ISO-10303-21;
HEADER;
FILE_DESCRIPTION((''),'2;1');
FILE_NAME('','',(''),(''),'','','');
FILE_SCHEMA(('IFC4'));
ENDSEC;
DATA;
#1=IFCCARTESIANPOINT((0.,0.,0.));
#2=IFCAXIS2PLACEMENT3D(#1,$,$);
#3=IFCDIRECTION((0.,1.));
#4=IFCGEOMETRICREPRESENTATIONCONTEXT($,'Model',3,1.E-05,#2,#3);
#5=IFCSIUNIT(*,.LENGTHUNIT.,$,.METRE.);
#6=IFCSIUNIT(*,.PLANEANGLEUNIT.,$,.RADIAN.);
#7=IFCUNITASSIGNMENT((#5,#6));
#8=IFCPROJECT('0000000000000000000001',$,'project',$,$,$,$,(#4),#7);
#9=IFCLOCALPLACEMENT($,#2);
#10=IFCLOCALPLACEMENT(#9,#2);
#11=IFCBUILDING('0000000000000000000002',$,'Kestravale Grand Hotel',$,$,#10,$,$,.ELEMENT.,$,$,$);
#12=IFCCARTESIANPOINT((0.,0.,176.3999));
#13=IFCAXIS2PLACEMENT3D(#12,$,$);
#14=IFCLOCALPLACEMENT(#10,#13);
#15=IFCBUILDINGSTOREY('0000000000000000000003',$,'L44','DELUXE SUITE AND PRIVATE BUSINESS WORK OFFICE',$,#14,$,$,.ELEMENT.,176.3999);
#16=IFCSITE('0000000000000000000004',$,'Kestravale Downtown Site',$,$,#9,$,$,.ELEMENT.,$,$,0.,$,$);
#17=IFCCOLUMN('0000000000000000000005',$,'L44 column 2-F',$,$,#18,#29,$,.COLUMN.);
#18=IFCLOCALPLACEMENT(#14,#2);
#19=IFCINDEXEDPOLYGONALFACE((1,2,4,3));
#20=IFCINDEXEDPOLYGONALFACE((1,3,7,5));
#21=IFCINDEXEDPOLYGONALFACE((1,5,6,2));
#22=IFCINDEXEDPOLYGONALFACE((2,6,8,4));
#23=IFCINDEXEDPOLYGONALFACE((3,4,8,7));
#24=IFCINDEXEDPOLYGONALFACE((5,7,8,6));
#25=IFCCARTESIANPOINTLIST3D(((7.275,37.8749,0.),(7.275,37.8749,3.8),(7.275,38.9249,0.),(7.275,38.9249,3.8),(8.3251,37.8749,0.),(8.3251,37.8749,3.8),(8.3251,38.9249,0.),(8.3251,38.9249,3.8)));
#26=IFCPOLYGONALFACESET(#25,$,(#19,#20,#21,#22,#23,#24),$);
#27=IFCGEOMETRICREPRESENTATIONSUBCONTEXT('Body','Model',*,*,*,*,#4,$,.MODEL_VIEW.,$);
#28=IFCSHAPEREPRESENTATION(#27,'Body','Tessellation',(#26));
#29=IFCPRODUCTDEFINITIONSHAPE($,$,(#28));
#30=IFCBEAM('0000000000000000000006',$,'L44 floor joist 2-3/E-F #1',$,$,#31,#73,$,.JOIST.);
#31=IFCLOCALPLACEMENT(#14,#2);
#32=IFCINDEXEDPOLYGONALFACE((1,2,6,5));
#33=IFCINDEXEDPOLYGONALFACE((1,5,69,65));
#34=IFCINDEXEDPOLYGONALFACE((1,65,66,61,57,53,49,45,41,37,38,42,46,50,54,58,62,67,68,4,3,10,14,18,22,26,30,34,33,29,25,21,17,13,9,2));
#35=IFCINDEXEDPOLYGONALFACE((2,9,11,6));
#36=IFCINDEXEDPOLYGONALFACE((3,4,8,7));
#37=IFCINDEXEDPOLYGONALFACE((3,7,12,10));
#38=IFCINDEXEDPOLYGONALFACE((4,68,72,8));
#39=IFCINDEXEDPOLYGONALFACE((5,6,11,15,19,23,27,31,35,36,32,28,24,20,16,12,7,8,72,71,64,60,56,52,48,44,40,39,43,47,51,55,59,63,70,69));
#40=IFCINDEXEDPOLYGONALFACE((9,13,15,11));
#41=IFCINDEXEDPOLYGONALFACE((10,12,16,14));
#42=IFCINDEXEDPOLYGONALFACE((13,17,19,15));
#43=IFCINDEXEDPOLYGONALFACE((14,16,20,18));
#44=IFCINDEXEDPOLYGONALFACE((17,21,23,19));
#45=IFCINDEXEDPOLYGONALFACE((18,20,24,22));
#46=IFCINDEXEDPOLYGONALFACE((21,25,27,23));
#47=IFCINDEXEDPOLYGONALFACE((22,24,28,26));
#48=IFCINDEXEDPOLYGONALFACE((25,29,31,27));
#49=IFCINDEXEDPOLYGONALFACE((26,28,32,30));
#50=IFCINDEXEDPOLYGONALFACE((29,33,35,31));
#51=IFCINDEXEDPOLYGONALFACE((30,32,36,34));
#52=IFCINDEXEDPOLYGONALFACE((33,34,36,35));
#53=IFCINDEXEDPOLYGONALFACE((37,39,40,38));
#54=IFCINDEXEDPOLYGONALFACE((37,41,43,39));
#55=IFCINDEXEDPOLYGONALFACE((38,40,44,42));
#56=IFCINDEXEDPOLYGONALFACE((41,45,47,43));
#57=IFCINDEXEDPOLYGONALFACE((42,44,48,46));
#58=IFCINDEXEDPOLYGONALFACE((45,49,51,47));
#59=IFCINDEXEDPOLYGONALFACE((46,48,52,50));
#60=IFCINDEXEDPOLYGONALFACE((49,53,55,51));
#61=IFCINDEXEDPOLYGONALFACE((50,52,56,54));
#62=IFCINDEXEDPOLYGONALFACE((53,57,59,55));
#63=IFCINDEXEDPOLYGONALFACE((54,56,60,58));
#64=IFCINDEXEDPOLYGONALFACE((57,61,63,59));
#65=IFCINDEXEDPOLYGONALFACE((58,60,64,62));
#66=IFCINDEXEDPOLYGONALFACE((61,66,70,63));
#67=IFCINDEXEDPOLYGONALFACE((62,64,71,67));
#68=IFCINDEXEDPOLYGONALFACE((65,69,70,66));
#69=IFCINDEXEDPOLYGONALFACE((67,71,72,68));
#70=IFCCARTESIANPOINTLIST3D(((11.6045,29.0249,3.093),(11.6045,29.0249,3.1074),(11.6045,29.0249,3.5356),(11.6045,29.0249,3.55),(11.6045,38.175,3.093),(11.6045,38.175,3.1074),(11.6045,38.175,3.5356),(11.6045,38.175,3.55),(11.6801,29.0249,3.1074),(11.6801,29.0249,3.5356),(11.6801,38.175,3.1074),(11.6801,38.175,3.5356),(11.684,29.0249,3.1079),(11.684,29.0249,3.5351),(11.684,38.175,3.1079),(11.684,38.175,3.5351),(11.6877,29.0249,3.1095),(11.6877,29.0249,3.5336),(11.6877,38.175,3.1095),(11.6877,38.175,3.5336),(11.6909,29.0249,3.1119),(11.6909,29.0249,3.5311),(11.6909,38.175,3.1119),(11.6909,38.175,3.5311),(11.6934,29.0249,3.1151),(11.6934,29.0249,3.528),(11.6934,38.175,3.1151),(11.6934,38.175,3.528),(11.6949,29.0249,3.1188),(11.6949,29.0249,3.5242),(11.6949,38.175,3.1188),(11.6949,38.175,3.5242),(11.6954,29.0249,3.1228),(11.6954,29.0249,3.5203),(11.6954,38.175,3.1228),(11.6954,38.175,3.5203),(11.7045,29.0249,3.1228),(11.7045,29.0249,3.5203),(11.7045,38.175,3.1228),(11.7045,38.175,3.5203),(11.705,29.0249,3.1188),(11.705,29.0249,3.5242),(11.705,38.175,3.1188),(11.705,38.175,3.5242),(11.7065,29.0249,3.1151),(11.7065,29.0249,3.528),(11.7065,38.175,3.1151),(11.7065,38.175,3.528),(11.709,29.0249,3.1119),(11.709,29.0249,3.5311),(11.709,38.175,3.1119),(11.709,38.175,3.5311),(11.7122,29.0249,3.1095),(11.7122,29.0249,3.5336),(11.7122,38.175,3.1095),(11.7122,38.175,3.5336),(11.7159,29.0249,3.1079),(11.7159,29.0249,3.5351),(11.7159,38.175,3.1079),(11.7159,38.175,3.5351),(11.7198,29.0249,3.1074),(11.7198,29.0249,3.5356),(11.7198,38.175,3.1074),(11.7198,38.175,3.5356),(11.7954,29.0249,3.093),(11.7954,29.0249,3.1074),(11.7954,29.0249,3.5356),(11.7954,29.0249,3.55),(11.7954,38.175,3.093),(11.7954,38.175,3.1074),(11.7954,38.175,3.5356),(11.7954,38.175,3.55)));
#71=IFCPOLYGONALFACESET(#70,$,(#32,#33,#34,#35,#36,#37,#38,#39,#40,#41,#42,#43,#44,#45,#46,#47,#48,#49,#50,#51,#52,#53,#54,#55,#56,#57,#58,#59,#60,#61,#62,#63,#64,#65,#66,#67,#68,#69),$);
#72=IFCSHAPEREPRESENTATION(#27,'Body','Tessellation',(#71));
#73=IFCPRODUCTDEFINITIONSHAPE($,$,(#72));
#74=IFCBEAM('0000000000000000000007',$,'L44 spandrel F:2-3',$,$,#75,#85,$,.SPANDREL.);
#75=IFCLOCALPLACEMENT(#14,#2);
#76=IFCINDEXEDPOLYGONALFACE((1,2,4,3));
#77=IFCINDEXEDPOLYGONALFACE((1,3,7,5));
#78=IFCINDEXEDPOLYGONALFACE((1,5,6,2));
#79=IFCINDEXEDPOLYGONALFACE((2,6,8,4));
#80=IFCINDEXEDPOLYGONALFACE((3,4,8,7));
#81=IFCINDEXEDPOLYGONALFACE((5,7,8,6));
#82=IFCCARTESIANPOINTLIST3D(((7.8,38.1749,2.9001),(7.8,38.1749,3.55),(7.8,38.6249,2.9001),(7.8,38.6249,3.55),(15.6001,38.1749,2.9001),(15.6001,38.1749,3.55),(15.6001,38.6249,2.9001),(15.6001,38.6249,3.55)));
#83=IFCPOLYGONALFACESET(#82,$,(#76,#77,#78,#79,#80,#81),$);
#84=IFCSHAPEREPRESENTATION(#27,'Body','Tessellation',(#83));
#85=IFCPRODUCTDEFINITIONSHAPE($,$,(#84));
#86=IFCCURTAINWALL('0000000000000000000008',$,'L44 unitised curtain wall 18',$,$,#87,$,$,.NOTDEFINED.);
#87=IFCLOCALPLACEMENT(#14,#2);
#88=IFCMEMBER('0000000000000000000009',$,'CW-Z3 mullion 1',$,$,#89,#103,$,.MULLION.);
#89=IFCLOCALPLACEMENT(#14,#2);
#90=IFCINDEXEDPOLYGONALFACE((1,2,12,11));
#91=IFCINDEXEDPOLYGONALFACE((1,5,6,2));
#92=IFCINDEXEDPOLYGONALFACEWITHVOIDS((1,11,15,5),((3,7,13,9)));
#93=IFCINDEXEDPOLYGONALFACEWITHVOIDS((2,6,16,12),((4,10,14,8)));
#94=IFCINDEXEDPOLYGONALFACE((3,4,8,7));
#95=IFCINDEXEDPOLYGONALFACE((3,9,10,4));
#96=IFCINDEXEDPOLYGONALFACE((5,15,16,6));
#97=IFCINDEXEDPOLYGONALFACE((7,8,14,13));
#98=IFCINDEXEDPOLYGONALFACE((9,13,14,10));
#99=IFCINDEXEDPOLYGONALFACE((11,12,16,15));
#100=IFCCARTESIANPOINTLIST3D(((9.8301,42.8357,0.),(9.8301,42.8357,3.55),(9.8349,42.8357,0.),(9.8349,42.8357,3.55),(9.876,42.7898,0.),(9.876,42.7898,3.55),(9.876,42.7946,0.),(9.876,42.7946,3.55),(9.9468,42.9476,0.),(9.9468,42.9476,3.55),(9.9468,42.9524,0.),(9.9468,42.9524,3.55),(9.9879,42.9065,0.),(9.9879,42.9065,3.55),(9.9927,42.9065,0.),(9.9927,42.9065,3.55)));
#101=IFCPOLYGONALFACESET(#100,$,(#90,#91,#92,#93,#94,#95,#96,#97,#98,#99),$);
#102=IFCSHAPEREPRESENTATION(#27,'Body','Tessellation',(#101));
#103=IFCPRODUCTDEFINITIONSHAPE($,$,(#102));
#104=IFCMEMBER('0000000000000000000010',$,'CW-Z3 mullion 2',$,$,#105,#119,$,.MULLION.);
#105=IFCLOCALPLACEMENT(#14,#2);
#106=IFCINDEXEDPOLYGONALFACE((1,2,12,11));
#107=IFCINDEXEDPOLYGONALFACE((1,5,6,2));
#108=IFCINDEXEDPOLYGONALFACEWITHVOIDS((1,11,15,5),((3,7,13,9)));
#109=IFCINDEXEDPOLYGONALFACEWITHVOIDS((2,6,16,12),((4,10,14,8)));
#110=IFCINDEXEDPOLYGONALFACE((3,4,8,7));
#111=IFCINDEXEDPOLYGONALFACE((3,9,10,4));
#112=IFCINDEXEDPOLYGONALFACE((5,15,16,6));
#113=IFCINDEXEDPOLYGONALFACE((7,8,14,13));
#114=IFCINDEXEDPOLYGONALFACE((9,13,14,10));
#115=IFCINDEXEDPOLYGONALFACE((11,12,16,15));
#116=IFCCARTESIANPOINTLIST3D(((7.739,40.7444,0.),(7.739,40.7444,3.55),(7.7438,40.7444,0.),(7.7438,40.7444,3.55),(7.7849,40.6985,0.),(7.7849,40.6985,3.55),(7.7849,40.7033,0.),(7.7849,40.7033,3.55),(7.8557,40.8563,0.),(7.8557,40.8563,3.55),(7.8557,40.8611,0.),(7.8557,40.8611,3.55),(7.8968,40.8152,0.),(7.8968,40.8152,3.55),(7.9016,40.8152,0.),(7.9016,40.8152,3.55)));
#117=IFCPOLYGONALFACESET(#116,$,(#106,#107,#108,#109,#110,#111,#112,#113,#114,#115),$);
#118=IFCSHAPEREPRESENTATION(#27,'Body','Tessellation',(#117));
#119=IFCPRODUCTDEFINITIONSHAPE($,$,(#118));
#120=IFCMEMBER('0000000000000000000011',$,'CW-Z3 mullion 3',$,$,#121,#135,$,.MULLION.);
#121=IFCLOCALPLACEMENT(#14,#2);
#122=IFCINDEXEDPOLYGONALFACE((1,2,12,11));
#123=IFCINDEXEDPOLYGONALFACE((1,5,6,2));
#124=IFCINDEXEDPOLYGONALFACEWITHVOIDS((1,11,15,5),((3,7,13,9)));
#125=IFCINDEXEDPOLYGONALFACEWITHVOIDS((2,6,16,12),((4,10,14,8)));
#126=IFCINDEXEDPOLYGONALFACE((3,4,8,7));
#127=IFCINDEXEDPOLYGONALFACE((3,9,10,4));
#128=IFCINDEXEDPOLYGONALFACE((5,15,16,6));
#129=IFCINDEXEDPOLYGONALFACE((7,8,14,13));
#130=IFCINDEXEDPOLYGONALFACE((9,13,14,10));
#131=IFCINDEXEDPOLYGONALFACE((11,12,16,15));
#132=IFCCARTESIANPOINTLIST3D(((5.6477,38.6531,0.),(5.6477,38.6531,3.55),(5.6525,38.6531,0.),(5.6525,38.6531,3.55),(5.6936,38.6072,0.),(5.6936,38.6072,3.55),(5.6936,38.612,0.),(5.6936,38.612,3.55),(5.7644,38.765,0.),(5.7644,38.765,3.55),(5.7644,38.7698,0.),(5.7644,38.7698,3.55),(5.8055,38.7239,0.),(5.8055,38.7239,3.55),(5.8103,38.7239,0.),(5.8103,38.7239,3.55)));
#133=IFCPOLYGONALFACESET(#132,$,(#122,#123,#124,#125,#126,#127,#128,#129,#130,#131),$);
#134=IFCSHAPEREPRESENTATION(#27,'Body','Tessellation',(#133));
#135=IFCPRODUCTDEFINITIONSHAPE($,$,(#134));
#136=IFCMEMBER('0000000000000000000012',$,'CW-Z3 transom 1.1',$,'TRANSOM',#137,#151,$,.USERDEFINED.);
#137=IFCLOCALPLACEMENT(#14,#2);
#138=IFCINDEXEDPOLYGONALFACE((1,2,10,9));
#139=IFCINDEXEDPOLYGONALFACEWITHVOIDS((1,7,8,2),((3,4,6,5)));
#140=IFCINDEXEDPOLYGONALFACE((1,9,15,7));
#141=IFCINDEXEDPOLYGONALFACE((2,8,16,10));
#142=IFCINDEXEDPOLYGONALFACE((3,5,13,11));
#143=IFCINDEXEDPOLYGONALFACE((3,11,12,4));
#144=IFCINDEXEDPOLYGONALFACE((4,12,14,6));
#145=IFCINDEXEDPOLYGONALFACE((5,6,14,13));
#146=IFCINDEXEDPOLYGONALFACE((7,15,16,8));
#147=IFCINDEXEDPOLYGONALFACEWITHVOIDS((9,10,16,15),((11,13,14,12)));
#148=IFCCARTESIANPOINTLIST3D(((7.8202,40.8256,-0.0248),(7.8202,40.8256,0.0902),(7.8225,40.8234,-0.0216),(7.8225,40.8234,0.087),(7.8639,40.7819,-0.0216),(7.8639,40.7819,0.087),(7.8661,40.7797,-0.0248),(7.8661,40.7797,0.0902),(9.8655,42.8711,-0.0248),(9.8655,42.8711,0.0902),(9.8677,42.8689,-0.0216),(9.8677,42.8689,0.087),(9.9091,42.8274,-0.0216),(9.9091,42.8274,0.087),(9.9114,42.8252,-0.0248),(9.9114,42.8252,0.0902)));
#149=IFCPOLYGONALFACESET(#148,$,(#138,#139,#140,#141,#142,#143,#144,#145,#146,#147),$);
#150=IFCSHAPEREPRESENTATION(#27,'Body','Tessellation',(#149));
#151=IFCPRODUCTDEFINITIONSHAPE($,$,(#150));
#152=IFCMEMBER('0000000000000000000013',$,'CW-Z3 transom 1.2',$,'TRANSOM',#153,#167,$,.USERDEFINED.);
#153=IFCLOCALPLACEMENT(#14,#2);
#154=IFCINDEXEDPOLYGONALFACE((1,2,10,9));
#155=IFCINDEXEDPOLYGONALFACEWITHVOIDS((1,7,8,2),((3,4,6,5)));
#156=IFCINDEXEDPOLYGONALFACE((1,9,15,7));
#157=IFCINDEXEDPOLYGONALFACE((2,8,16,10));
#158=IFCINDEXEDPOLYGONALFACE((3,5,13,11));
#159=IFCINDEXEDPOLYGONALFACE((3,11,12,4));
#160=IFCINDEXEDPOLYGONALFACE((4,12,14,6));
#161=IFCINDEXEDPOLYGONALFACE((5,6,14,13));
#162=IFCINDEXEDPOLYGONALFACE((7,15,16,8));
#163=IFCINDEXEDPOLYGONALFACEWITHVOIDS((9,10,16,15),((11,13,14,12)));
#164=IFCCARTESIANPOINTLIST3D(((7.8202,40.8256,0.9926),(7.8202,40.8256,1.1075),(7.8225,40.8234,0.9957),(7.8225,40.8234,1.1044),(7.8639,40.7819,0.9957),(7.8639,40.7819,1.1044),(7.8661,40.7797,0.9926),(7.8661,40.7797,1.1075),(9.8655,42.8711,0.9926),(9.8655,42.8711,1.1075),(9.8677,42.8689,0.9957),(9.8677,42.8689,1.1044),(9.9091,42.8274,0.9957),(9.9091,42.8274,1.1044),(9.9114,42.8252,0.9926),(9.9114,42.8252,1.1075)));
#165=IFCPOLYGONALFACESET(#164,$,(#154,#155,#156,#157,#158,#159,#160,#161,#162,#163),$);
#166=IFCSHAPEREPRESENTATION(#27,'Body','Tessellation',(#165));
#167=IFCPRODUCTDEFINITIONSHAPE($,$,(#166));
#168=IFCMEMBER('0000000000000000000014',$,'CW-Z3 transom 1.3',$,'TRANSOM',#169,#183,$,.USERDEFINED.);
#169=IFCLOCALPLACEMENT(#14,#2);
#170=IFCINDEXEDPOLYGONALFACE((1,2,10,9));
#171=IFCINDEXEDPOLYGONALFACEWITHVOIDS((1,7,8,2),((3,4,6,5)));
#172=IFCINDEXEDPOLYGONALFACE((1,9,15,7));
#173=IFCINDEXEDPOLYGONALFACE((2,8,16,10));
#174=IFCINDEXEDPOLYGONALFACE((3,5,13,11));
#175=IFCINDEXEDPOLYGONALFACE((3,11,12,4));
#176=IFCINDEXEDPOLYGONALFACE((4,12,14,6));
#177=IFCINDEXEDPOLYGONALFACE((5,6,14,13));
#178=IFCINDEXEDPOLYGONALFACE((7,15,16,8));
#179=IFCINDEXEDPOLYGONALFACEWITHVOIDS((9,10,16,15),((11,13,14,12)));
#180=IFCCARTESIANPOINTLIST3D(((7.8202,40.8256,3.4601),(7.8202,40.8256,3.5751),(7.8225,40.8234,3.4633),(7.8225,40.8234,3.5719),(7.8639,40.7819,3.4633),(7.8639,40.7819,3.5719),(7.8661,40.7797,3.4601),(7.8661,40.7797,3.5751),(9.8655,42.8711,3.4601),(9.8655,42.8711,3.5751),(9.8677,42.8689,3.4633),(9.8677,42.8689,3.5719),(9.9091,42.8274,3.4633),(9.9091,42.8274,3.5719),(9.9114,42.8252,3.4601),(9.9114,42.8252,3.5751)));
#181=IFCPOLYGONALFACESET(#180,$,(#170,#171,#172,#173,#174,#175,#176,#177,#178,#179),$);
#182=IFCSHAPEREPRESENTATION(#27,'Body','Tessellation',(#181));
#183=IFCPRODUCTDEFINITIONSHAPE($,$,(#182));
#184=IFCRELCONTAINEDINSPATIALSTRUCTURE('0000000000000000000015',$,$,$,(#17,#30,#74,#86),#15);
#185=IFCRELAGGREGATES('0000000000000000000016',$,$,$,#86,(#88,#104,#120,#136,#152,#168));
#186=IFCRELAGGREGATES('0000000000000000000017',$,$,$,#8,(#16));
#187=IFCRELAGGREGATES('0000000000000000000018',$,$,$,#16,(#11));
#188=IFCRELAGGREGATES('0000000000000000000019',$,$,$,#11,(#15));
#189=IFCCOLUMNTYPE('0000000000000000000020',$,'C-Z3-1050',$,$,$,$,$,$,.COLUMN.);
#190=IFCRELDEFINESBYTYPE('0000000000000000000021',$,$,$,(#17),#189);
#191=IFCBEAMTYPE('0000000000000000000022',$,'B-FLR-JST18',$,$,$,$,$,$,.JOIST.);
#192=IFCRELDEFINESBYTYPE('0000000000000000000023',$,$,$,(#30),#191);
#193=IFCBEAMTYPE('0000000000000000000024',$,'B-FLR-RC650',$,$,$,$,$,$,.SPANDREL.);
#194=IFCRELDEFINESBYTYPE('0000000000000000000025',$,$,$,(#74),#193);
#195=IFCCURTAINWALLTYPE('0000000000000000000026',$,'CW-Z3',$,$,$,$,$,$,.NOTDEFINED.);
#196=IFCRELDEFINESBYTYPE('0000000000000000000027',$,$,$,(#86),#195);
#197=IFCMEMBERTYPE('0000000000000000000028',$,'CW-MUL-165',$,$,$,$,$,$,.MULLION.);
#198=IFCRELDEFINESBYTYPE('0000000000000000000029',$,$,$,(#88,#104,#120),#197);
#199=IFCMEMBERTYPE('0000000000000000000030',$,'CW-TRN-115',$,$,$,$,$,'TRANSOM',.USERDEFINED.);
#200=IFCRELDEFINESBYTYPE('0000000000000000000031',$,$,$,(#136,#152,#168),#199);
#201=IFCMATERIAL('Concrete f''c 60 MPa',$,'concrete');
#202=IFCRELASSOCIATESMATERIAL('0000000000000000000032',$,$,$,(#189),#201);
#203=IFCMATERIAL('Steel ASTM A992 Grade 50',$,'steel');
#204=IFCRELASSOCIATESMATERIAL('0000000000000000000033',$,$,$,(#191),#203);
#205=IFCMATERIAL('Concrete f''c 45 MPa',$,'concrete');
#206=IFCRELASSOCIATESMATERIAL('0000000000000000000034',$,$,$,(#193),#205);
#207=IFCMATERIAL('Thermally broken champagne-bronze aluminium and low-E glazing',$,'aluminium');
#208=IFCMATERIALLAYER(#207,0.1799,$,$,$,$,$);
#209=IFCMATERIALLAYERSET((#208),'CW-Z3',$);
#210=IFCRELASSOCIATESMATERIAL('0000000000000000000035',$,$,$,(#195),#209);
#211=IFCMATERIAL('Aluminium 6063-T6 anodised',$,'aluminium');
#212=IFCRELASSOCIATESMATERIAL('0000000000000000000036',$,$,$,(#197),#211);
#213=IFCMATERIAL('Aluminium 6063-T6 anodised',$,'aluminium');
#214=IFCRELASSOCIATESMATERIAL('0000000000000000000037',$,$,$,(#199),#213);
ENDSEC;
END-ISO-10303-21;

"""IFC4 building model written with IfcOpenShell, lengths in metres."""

from ifc_helpers import new_model, si_unit, direction, frame, origin, origin_2d, place, context, subcontext, project, spatial, rectangle, hollow_rectangle, i_section, extrude, material, layer, layer_set, material_profile, profile_set, type_object, element, aggregate, save


model = new_model("IFC4")

# Units and contexts
model_context = context("Model", 3, precision=1e-05, world=origin(), true_north=direction((0.0, 1.0)))
body_context = subcontext(model_context, "Body", "Model", "MODEL_VIEW")
ifc_project = project(units=[si_unit("LENGTHUNIT", "METRE"), si_unit("PLANEANGLEUNIT", "RADIAN")], contexts=[model_context])

# Site, building, storey
site_placement = place(None, origin())
site = spatial("IfcSite", under=ifc_project, at=site_placement, Name="Kestravale Downtown Site", CompositionType="ELEMENT", RefElevation=0.0)
building_placement = place(site_placement, origin())
building = spatial("IfcBuilding", under=site, at=building_placement, Name="Kestravale Grand Hotel", CompositionType="ELEMENT")
storey_placement = place(building_placement, frame((0.0, 0.0, 176.3999)))
storey = spatial("IfcBuildingStorey", under=building, at=storey_placement, Name="L44", Description="DELUXE SUITE AND PRIVATE BUSINESS WORK OFFICE", CompositionType="ELEMENT", Elevation=176.3999)

# Column
ifc_material_1 = material(Name="Concrete f'c 60 MPa", Category="concrete")
ifc_material_profile_1 = material_profile(ifc_material_1, rectangle(XDim=1.05, YDim=1.05, at=origin_2d()))
ifc_profile_set_1 = profile_set([ifc_material_profile_1], Name="Concrete f'c 60 MPa")
column_type = type_object("IfcColumnType", Name="C-Z3-1050", PredefinedType="COLUMN", material=ifc_profile_set_1)
column_placement = place(storey_placement, frame((7.8, 38.3999, 0.0), z_axis=(0.0, 0.0, 1.0), x_axis=(1.0, 0.0, 0.0)))
element("IfcColumn", 1, at=column_placement, inside=storey, type_object=column_type, Name="L44 column 2-F", PredefinedType="COLUMN", context=body_context, shape_type="SweptSolid", body=[
    extrude(rectangle(XDim=1.05, YDim=1.05, at=origin_2d()), origin(), (0.0, 0.0, 1.0), 3.8),
])

# Beams
ifc_material_2 = material(Name="Steel ASTM A992 Grade 50", Category="steel")
ifc_material_profile_2 = material_profile(ifc_material_2, i_section(OverallWidth=0.1909, OverallDepth=0.457, WebThickness=0.009, FlangeThickness=0.0144, FilletRadius=0.0154, at=origin_2d()))
ifc_profile_set_2 = profile_set([ifc_material_profile_2], Name="Steel ASTM A992 Grade 50")
beam_type_1 = type_object("IfcBeamType", Name="B-FLR-JST18", PredefinedType="JOIST", material=ifc_profile_set_2)
beam_1_placement = place(storey_placement, frame((11.7, 29.0249, 3.3215), z_axis=(0.0, 1.0, 0.0), x_axis=(-1.0, 0.0, 0.0)))
element("IfcBeam", 2, at=beam_1_placement, inside=storey, type_object=beam_type_1, Name="L44 floor joist 2-3/E-F #1", PredefinedType="JOIST", context=body_context, shape_type="SweptSolid", body=[
    extrude(i_section(OverallWidth=0.1909, OverallDepth=0.457, WebThickness=0.009, FlangeThickness=0.0144, FilletRadius=0.0154, at=origin_2d()), origin(), (0.0, 0.0, 1.0), 9.1501),
])
ifc_material_3 = material(Name="Concrete f'c 45 MPa", Category="concrete")
ifc_material_profile_3 = material_profile(ifc_material_3, rectangle(XDim=0.45, YDim=0.6499, at=origin_2d()))
ifc_profile_set_3 = profile_set([ifc_material_profile_3], Name="Concrete f'c 45 MPa")
beam_type_2 = type_object("IfcBeamType", Name="B-FLR-RC650", PredefinedType="SPANDREL", material=ifc_profile_set_3)
beam_2_placement = place(storey_placement, frame((7.8, 38.3999, 3.2251), z_axis=(1.0, 0.0, 0.0), x_axis=(0.0, 1.0, 0.0)))
element("IfcBeam", 3, at=beam_2_placement, inside=storey, type_object=beam_type_2, Name="L44 spandrel F:2-3", PredefinedType="SPANDREL", context=body_context, shape_type="SweptSolid", body=[
    extrude(rectangle(XDim=0.45, YDim=0.6499, at=origin_2d()), origin(), (0.0, 0.0, 1.0), 7.8),
])

# Curtain wall, members
ifc_material_4 = material(Name="Thermally broken champagne-bronze aluminium and low-E glazing", Category="aluminium")
ifc_layer_1 = layer(ifc_material_4, 0.1799)
ifc_layer_set_1 = layer_set([ifc_layer_1], Name="CW-Z3")
curtain_wall_type = type_object("IfcCurtainWallType", Name="CW-Z3", PredefinedType="NOTDEFINED", material=ifc_layer_set_1)
curtain_wall_placement = place(storey_placement, origin())
curtain_wall = element("IfcCurtainWall", 4, at=curtain_wall_placement, inside=storey, type_object=curtain_wall_type, Name="L44 unitised curtain wall 18", PredefinedType="NOTDEFINED")
ifc_material_5 = material(Name="Aluminium 6063-T6 anodised", Category="aluminium")
ifc_material_profile_4 = material_profile(ifc_material_5, hollow_rectangle(XDim=0.0649, YDim=0.165, WallThickness=0.0034, at=origin_2d()))
ifc_profile_set_4 = profile_set([ifc_material_profile_4], Name="Aluminium 6063-T6 anodised")
member_type_1 = type_object("IfcMemberType", Name="CW-MUL-165", PredefinedType="MULLION", material=ifc_profile_set_4)
member_1_placement = place(storey_placement, frame((9.9114, 42.8711, 0.0), z_axis=(0.0, 0.0, 1.0), x_axis=(0.707107, -0.707107, 0.0)))
member_1 = element("IfcMember", 5, at=member_1_placement, type_object=member_type_1, Name="CW-Z3 mullion 1", PredefinedType="MULLION", context=body_context, shape_type="SweptSolid", body=[
    extrude(hollow_rectangle(XDim=0.0649, YDim=0.165, WallThickness=0.0034, at=origin_2d()), origin(), (0.0, 0.0, 1.0), 3.55),
])
member_2_placement = place(storey_placement, frame((7.8203, 40.7798, 0.0), z_axis=(0.0, 0.0, 1.0), x_axis=(0.707107, -0.707107, 0.0)))
member_2 = element("IfcMember", 6, at=member_2_placement, type_object=member_type_1, Name="CW-Z3 mullion 2", PredefinedType="MULLION", context=body_context, shape_type="SweptSolid", body=[
    extrude(hollow_rectangle(XDim=0.0649, YDim=0.165, WallThickness=0.0034, at=origin_2d()), origin(), (0.0, 0.0, 1.0), 3.55),
])
member_3_placement = place(storey_placement, frame((5.729, 38.6885, 0.0), z_axis=(0.0, 0.0, 1.0), x_axis=(0.707107, -0.707107, 0.0)))
member_3 = element("IfcMember", 7, at=member_3_placement, type_object=member_type_1, Name="CW-Z3 mullion 3", PredefinedType="MULLION", context=body_context, shape_type="SweptSolid", body=[
    extrude(hollow_rectangle(XDim=0.0649, YDim=0.165, WallThickness=0.0034, at=origin_2d()), origin(), (0.0, 0.0, 1.0), 3.55),
])
ifc_material_6 = material(Name="Aluminium 6063-T6 anodised", Category="aluminium")
ifc_material_profile_5 = material_profile(ifc_material_6, hollow_rectangle(XDim=0.0649, YDim=0.115, WallThickness=0.0032, at=origin_2d()))
ifc_profile_set_5 = profile_set([ifc_material_profile_5], Name="Aluminium 6063-T6 anodised")
member_type_2 = type_object("IfcMemberType", Name="CW-TRN-115", ElementType="TRANSOM", PredefinedType="USERDEFINED", material=ifc_profile_set_5)
member_4_placement = place(storey_placement, frame((9.8884, 42.8481, 0.0327), z_axis=(-0.707065, -0.707149, 0.0), x_axis=(0.707149, -0.707065, 0.0)))
member_4 = element("IfcMember", 8, at=member_4_placement, type_object=member_type_2, Name="CW-Z3 transom 1.1", ObjectType="TRANSOM", PredefinedType="USERDEFINED", context=body_context, shape_type="SweptSolid", body=[
    extrude(hollow_rectangle(XDim=0.0649, YDim=0.115, WallThickness=0.0032, at=origin_2d()), origin(), (0.0, 0.0, 1.0), 2.8926),
])
member_5_placement = place(storey_placement, frame((9.8884, 42.8481, 1.05), z_axis=(-0.707065, -0.707149, 0.0), x_axis=(0.707149, -0.707065, 0.0)))
member_5 = element("IfcMember", 9, at=member_5_placement, type_object=member_type_2, Name="CW-Z3 transom 1.2", ObjectType="TRANSOM", PredefinedType="USERDEFINED", context=body_context, shape_type="SweptSolid", body=[
    extrude(hollow_rectangle(XDim=0.0649, YDim=0.115, WallThickness=0.0032, at=origin_2d()), origin(), (0.0, 0.0, 1.0), 2.8926),
])
member_6_placement = place(storey_placement, frame((9.8884, 42.8481, 3.5176), z_axis=(-0.707065, -0.707149, 0.0), x_axis=(0.707149, -0.707065, 0.0)))
member_6 = element("IfcMember", 10, at=member_6_placement, type_object=member_type_2, Name="CW-Z3 transom 1.3", ObjectType="TRANSOM", PredefinedType="USERDEFINED", context=body_context, shape_type="SweptSolid", body=[
    extrude(hollow_rectangle(XDim=0.0649, YDim=0.115, WallThickness=0.0032, at=origin_2d()), origin(), (0.0, 0.0, 1.0), 2.8926),
])
aggregate(curtain_wall, [member_1, member_2, member_3, member_4, member_5, member_6])

save(model, "model.ifc")
